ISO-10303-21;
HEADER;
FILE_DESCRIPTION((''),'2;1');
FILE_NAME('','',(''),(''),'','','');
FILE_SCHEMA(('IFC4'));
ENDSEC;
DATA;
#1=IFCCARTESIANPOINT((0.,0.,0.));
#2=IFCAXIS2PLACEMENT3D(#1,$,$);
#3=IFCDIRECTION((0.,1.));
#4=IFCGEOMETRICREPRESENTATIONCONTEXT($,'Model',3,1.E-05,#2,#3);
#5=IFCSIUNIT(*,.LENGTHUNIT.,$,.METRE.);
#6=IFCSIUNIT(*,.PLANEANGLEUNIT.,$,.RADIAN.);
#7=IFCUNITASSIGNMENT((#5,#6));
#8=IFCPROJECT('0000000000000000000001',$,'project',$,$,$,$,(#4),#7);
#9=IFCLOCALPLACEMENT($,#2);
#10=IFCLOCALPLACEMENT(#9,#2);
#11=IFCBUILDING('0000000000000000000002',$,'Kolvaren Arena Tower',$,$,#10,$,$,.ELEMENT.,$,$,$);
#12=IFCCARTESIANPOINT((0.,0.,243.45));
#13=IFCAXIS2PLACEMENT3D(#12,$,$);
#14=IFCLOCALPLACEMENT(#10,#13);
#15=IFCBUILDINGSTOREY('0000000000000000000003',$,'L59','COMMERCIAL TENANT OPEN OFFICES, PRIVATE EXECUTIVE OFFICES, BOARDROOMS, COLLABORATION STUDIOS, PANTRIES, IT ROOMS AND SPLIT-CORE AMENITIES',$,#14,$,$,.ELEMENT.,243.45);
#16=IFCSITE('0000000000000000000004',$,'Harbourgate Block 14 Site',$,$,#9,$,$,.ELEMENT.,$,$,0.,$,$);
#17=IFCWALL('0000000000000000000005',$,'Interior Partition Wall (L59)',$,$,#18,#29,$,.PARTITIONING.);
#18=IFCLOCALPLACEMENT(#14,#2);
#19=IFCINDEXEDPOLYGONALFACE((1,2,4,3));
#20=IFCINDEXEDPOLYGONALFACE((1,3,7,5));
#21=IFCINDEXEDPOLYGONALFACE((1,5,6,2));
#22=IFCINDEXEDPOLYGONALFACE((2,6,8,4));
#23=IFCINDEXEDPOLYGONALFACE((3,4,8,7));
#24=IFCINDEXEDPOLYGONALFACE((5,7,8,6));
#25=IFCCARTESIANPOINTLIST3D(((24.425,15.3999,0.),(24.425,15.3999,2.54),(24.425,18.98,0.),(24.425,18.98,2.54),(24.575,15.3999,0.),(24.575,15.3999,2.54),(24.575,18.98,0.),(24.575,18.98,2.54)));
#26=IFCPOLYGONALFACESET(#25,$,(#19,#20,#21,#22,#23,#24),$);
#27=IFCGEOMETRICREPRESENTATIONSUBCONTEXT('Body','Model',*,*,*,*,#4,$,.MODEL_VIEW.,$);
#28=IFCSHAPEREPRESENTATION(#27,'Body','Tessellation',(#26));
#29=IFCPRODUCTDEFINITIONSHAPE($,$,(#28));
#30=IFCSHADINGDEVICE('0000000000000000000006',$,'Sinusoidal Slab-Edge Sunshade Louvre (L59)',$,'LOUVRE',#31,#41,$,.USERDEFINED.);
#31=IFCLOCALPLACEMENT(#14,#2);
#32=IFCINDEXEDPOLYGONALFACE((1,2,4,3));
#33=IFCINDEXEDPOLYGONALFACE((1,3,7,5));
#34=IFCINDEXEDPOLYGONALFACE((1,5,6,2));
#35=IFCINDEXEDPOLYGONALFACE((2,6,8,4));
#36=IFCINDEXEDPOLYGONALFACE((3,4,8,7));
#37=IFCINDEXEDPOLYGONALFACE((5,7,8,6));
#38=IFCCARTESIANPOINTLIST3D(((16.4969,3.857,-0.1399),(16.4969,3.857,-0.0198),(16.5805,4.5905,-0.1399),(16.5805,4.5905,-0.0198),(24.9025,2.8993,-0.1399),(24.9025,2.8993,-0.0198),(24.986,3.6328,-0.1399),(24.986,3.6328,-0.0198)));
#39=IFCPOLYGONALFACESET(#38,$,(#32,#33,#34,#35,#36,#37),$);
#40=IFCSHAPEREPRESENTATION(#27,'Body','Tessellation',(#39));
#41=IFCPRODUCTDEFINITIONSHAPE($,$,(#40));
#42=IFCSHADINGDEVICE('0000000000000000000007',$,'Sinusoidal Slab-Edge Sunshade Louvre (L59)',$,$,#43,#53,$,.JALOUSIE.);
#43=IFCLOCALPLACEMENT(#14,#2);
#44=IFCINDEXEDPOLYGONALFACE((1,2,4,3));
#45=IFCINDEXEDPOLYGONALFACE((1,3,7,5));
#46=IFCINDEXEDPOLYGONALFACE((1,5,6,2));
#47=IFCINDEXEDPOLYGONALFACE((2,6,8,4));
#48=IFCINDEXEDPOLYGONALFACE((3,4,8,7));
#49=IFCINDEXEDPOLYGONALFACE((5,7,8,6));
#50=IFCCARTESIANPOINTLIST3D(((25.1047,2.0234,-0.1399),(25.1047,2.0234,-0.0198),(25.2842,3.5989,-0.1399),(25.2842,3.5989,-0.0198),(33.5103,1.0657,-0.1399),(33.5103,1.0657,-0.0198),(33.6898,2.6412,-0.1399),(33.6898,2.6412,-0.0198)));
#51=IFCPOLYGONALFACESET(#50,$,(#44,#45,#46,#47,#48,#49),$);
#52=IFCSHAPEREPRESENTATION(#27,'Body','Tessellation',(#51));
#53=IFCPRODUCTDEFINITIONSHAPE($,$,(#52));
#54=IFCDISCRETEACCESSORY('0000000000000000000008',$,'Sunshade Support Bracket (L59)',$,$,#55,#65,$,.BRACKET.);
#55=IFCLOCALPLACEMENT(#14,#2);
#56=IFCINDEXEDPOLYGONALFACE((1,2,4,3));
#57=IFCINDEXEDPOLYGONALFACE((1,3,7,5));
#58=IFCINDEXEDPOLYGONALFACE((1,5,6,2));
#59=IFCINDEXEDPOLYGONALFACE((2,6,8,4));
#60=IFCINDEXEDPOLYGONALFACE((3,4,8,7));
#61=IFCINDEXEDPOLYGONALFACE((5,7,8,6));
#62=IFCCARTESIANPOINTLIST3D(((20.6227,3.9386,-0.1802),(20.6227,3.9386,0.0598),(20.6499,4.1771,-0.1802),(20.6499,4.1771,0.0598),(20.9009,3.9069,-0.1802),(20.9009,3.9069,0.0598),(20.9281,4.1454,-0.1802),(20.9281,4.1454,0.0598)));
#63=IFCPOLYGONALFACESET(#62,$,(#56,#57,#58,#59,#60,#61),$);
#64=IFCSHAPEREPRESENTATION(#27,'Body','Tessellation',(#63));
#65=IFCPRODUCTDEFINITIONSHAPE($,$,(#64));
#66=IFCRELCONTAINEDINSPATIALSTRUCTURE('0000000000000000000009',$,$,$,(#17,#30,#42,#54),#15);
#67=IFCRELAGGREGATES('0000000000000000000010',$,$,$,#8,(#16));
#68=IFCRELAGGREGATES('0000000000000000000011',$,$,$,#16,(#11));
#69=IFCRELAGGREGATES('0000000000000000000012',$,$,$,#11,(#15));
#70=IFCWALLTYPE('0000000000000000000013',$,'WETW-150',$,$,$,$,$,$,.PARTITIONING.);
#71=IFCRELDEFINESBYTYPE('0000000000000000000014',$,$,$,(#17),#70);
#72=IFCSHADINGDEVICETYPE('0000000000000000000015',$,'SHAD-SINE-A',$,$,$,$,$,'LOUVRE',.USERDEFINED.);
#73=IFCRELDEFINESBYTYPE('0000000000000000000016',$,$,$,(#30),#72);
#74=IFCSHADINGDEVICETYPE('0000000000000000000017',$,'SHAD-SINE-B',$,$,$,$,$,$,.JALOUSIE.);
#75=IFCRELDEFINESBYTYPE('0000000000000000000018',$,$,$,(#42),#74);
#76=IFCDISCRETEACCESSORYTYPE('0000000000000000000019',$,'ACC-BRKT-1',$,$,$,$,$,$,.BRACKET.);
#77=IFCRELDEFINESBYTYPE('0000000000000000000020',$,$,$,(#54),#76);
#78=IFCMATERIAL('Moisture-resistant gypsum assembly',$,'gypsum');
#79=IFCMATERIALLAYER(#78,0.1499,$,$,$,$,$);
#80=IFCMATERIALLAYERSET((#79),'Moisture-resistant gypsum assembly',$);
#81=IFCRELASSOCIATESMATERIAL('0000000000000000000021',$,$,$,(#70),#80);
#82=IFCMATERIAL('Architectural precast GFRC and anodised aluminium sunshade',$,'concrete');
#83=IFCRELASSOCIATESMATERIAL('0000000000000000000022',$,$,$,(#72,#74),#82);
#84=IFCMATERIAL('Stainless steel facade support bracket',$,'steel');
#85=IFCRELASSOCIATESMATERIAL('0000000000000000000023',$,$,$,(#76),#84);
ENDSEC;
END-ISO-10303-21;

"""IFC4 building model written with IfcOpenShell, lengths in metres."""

from ifc_helpers import new_model, si_unit, direction, frame, frame_2d, origin, origin_2d, place, context, subcontext, project, spatial, rectangle, extrude, material, layer, layer_set, type_object, element, save


model = new_model("IFC4")

# Units and contexts
model_context = context("Model", 3, precision=1e-05, world=origin(), true_north=direction((0.0, 1.0)))
body_context = subcontext(model_context, "Body", "Model", "MODEL_VIEW")
ifc_project = project(units=[si_unit("LENGTHUNIT", "METRE"), si_unit("PLANEANGLEUNIT", "RADIAN")], contexts=[model_context])

# Site, building, storey
site_placement = place(None, origin())
site = spatial("IfcSite", under=ifc_project, at=site_placement, Name="Harbourgate Block 14 Site", CompositionType="ELEMENT", RefElevation=0.0)
building_placement = place(site_placement, origin())
building = spatial("IfcBuilding", under=site, at=building_placement, Name="Kolvaren Arena Tower", CompositionType="ELEMENT")
storey_placement = place(building_placement, frame((0.0, 0.0, 243.45)))
storey = spatial("IfcBuildingStorey", under=building, at=storey_placement, Name="L59", Description="COMMERCIAL TENANT OPEN OFFICES, PRIVATE EXECUTIVE OFFICES, BOARDROOMS, COLLABORATION STUDIOS, PANTRIES, IT ROOMS AND SPLIT-CORE AMENITIES", CompositionType="ELEMENT", Elevation=243.45)

# Wall
ifc_material_1 = material(Name="Moisture-resistant gypsum assembly", Category="gypsum")
ifc_layer_1 = layer(ifc_material_1, 0.1499)
ifc_layer_set_1 = layer_set([ifc_layer_1], Name="Moisture-resistant gypsum assembly")
wall_type_1 = type_object("IfcWallType", Name="WETW-150", PredefinedType="PARTITIONING", material=ifc_layer_set_1)
for number, where, z_axis, x_axis, name in (
    (1, (24.5, 15.3999, 0.0), (0.0, 0.0, 1.0), (0.0, 1.0, 0.0), "Interior Partition Wall (L59)"),
):
    element("IfcWall", number, at=place(storey_placement, frame(where, z_axis=z_axis, x_axis=x_axis)), inside=storey, type_object=wall_type_1, Name=name, PredefinedType="PARTITIONING", context=body_context, shape_type="SweptSolid", body=[
        extrude(rectangle(XDim=3.5801, YDim=0.1499, at=frame_2d((1.79, 0.0))), origin(), (0.0, 0.0, 1.0), 2.54),
    ])

# Shading devices
ifc_material_2 = material(Name="Architectural precast GFRC and anodised aluminium sunshade", Category="concrete")
shading_device_type_1 = type_object("IfcShadingDeviceType", Name="SHAD-SINE-A", ElementType="LOUVRE", PredefinedType="USERDEFINED", material=ifc_material_2)
shading_device_1_placement = place(storey_placement, frame((20.7415, 3.7449, -0.1399), z_axis=(0.0, 0.0, 1.0), x_axis=(-0.993572, 0.113205, 0.0)))
element("IfcShadingDevice", 2, at=shading_device_1_placement, inside=storey, type_object=shading_device_type_1, Name="Sinusoidal Slab-Edge Sunshade Louvre (L59)", ObjectType="LOUVRE", PredefinedType="USERDEFINED", context=body_context, shape_type="SweptSolid", body=[
    extrude(rectangle(XDim=8.46, YDim=0.7383, at=origin_2d()), origin(), (0.0, 0.0, 1.0), 0.1201),
])
shading_device_type_2 = type_object("IfcShadingDeviceType", Name="SHAD-SINE-B", PredefinedType="JALOUSIE", material=ifc_material_2)
shading_device_2_placement = place(storey_placement, frame((29.3972, 2.3323, -0.1399), z_axis=(0.0, 0.0, 1.0), x_axis=(-0.993572, 0.113205, 0.0)))
element("IfcShadingDevice", 3, at=shading_device_2_placement, inside=storey, type_object=shading_device_type_2, Name="Sinusoidal Slab-Edge Sunshade Louvre (L59)", PredefinedType="JALOUSIE", context=body_context, shape_type="SweptSolid", body=[
    extrude(rectangle(XDim=8.46, YDim=1.5857, at=origin_2d()), origin(), (0.0, 0.0, 1.0), 0.1201),
])

# Discrete accessory
ifc_material_3 = material(Name="Stainless steel facade support bracket", Category="steel")
discrete_accessory_type = type_object("IfcDiscreteAccessoryType", Name="ACC-BRKT-1", PredefinedType="BRACKET", material=ifc_material_3)
discrete_accessory_placement = place(storey_placement, frame((20.7754, 4.042, -0.1802), z_axis=(0.0, 0.0, 1.0), x_axis=(-0.993572, 0.113205, 0.0)))
element("IfcDiscreteAccessory", 4, at=discrete_accessory_placement, inside=storey, type_object=discrete_accessory_type, Name="Sunshade Support Bracket (L59)", PredefinedType="BRACKET", context=body_context, shape_type="SweptSolid", body=[
    extrude(rectangle(XDim=0.28, YDim=0.24, at=origin_2d()), origin(), (0.0, 0.0, 1.0), 0.24),
])

save(model, "model.ifc")
